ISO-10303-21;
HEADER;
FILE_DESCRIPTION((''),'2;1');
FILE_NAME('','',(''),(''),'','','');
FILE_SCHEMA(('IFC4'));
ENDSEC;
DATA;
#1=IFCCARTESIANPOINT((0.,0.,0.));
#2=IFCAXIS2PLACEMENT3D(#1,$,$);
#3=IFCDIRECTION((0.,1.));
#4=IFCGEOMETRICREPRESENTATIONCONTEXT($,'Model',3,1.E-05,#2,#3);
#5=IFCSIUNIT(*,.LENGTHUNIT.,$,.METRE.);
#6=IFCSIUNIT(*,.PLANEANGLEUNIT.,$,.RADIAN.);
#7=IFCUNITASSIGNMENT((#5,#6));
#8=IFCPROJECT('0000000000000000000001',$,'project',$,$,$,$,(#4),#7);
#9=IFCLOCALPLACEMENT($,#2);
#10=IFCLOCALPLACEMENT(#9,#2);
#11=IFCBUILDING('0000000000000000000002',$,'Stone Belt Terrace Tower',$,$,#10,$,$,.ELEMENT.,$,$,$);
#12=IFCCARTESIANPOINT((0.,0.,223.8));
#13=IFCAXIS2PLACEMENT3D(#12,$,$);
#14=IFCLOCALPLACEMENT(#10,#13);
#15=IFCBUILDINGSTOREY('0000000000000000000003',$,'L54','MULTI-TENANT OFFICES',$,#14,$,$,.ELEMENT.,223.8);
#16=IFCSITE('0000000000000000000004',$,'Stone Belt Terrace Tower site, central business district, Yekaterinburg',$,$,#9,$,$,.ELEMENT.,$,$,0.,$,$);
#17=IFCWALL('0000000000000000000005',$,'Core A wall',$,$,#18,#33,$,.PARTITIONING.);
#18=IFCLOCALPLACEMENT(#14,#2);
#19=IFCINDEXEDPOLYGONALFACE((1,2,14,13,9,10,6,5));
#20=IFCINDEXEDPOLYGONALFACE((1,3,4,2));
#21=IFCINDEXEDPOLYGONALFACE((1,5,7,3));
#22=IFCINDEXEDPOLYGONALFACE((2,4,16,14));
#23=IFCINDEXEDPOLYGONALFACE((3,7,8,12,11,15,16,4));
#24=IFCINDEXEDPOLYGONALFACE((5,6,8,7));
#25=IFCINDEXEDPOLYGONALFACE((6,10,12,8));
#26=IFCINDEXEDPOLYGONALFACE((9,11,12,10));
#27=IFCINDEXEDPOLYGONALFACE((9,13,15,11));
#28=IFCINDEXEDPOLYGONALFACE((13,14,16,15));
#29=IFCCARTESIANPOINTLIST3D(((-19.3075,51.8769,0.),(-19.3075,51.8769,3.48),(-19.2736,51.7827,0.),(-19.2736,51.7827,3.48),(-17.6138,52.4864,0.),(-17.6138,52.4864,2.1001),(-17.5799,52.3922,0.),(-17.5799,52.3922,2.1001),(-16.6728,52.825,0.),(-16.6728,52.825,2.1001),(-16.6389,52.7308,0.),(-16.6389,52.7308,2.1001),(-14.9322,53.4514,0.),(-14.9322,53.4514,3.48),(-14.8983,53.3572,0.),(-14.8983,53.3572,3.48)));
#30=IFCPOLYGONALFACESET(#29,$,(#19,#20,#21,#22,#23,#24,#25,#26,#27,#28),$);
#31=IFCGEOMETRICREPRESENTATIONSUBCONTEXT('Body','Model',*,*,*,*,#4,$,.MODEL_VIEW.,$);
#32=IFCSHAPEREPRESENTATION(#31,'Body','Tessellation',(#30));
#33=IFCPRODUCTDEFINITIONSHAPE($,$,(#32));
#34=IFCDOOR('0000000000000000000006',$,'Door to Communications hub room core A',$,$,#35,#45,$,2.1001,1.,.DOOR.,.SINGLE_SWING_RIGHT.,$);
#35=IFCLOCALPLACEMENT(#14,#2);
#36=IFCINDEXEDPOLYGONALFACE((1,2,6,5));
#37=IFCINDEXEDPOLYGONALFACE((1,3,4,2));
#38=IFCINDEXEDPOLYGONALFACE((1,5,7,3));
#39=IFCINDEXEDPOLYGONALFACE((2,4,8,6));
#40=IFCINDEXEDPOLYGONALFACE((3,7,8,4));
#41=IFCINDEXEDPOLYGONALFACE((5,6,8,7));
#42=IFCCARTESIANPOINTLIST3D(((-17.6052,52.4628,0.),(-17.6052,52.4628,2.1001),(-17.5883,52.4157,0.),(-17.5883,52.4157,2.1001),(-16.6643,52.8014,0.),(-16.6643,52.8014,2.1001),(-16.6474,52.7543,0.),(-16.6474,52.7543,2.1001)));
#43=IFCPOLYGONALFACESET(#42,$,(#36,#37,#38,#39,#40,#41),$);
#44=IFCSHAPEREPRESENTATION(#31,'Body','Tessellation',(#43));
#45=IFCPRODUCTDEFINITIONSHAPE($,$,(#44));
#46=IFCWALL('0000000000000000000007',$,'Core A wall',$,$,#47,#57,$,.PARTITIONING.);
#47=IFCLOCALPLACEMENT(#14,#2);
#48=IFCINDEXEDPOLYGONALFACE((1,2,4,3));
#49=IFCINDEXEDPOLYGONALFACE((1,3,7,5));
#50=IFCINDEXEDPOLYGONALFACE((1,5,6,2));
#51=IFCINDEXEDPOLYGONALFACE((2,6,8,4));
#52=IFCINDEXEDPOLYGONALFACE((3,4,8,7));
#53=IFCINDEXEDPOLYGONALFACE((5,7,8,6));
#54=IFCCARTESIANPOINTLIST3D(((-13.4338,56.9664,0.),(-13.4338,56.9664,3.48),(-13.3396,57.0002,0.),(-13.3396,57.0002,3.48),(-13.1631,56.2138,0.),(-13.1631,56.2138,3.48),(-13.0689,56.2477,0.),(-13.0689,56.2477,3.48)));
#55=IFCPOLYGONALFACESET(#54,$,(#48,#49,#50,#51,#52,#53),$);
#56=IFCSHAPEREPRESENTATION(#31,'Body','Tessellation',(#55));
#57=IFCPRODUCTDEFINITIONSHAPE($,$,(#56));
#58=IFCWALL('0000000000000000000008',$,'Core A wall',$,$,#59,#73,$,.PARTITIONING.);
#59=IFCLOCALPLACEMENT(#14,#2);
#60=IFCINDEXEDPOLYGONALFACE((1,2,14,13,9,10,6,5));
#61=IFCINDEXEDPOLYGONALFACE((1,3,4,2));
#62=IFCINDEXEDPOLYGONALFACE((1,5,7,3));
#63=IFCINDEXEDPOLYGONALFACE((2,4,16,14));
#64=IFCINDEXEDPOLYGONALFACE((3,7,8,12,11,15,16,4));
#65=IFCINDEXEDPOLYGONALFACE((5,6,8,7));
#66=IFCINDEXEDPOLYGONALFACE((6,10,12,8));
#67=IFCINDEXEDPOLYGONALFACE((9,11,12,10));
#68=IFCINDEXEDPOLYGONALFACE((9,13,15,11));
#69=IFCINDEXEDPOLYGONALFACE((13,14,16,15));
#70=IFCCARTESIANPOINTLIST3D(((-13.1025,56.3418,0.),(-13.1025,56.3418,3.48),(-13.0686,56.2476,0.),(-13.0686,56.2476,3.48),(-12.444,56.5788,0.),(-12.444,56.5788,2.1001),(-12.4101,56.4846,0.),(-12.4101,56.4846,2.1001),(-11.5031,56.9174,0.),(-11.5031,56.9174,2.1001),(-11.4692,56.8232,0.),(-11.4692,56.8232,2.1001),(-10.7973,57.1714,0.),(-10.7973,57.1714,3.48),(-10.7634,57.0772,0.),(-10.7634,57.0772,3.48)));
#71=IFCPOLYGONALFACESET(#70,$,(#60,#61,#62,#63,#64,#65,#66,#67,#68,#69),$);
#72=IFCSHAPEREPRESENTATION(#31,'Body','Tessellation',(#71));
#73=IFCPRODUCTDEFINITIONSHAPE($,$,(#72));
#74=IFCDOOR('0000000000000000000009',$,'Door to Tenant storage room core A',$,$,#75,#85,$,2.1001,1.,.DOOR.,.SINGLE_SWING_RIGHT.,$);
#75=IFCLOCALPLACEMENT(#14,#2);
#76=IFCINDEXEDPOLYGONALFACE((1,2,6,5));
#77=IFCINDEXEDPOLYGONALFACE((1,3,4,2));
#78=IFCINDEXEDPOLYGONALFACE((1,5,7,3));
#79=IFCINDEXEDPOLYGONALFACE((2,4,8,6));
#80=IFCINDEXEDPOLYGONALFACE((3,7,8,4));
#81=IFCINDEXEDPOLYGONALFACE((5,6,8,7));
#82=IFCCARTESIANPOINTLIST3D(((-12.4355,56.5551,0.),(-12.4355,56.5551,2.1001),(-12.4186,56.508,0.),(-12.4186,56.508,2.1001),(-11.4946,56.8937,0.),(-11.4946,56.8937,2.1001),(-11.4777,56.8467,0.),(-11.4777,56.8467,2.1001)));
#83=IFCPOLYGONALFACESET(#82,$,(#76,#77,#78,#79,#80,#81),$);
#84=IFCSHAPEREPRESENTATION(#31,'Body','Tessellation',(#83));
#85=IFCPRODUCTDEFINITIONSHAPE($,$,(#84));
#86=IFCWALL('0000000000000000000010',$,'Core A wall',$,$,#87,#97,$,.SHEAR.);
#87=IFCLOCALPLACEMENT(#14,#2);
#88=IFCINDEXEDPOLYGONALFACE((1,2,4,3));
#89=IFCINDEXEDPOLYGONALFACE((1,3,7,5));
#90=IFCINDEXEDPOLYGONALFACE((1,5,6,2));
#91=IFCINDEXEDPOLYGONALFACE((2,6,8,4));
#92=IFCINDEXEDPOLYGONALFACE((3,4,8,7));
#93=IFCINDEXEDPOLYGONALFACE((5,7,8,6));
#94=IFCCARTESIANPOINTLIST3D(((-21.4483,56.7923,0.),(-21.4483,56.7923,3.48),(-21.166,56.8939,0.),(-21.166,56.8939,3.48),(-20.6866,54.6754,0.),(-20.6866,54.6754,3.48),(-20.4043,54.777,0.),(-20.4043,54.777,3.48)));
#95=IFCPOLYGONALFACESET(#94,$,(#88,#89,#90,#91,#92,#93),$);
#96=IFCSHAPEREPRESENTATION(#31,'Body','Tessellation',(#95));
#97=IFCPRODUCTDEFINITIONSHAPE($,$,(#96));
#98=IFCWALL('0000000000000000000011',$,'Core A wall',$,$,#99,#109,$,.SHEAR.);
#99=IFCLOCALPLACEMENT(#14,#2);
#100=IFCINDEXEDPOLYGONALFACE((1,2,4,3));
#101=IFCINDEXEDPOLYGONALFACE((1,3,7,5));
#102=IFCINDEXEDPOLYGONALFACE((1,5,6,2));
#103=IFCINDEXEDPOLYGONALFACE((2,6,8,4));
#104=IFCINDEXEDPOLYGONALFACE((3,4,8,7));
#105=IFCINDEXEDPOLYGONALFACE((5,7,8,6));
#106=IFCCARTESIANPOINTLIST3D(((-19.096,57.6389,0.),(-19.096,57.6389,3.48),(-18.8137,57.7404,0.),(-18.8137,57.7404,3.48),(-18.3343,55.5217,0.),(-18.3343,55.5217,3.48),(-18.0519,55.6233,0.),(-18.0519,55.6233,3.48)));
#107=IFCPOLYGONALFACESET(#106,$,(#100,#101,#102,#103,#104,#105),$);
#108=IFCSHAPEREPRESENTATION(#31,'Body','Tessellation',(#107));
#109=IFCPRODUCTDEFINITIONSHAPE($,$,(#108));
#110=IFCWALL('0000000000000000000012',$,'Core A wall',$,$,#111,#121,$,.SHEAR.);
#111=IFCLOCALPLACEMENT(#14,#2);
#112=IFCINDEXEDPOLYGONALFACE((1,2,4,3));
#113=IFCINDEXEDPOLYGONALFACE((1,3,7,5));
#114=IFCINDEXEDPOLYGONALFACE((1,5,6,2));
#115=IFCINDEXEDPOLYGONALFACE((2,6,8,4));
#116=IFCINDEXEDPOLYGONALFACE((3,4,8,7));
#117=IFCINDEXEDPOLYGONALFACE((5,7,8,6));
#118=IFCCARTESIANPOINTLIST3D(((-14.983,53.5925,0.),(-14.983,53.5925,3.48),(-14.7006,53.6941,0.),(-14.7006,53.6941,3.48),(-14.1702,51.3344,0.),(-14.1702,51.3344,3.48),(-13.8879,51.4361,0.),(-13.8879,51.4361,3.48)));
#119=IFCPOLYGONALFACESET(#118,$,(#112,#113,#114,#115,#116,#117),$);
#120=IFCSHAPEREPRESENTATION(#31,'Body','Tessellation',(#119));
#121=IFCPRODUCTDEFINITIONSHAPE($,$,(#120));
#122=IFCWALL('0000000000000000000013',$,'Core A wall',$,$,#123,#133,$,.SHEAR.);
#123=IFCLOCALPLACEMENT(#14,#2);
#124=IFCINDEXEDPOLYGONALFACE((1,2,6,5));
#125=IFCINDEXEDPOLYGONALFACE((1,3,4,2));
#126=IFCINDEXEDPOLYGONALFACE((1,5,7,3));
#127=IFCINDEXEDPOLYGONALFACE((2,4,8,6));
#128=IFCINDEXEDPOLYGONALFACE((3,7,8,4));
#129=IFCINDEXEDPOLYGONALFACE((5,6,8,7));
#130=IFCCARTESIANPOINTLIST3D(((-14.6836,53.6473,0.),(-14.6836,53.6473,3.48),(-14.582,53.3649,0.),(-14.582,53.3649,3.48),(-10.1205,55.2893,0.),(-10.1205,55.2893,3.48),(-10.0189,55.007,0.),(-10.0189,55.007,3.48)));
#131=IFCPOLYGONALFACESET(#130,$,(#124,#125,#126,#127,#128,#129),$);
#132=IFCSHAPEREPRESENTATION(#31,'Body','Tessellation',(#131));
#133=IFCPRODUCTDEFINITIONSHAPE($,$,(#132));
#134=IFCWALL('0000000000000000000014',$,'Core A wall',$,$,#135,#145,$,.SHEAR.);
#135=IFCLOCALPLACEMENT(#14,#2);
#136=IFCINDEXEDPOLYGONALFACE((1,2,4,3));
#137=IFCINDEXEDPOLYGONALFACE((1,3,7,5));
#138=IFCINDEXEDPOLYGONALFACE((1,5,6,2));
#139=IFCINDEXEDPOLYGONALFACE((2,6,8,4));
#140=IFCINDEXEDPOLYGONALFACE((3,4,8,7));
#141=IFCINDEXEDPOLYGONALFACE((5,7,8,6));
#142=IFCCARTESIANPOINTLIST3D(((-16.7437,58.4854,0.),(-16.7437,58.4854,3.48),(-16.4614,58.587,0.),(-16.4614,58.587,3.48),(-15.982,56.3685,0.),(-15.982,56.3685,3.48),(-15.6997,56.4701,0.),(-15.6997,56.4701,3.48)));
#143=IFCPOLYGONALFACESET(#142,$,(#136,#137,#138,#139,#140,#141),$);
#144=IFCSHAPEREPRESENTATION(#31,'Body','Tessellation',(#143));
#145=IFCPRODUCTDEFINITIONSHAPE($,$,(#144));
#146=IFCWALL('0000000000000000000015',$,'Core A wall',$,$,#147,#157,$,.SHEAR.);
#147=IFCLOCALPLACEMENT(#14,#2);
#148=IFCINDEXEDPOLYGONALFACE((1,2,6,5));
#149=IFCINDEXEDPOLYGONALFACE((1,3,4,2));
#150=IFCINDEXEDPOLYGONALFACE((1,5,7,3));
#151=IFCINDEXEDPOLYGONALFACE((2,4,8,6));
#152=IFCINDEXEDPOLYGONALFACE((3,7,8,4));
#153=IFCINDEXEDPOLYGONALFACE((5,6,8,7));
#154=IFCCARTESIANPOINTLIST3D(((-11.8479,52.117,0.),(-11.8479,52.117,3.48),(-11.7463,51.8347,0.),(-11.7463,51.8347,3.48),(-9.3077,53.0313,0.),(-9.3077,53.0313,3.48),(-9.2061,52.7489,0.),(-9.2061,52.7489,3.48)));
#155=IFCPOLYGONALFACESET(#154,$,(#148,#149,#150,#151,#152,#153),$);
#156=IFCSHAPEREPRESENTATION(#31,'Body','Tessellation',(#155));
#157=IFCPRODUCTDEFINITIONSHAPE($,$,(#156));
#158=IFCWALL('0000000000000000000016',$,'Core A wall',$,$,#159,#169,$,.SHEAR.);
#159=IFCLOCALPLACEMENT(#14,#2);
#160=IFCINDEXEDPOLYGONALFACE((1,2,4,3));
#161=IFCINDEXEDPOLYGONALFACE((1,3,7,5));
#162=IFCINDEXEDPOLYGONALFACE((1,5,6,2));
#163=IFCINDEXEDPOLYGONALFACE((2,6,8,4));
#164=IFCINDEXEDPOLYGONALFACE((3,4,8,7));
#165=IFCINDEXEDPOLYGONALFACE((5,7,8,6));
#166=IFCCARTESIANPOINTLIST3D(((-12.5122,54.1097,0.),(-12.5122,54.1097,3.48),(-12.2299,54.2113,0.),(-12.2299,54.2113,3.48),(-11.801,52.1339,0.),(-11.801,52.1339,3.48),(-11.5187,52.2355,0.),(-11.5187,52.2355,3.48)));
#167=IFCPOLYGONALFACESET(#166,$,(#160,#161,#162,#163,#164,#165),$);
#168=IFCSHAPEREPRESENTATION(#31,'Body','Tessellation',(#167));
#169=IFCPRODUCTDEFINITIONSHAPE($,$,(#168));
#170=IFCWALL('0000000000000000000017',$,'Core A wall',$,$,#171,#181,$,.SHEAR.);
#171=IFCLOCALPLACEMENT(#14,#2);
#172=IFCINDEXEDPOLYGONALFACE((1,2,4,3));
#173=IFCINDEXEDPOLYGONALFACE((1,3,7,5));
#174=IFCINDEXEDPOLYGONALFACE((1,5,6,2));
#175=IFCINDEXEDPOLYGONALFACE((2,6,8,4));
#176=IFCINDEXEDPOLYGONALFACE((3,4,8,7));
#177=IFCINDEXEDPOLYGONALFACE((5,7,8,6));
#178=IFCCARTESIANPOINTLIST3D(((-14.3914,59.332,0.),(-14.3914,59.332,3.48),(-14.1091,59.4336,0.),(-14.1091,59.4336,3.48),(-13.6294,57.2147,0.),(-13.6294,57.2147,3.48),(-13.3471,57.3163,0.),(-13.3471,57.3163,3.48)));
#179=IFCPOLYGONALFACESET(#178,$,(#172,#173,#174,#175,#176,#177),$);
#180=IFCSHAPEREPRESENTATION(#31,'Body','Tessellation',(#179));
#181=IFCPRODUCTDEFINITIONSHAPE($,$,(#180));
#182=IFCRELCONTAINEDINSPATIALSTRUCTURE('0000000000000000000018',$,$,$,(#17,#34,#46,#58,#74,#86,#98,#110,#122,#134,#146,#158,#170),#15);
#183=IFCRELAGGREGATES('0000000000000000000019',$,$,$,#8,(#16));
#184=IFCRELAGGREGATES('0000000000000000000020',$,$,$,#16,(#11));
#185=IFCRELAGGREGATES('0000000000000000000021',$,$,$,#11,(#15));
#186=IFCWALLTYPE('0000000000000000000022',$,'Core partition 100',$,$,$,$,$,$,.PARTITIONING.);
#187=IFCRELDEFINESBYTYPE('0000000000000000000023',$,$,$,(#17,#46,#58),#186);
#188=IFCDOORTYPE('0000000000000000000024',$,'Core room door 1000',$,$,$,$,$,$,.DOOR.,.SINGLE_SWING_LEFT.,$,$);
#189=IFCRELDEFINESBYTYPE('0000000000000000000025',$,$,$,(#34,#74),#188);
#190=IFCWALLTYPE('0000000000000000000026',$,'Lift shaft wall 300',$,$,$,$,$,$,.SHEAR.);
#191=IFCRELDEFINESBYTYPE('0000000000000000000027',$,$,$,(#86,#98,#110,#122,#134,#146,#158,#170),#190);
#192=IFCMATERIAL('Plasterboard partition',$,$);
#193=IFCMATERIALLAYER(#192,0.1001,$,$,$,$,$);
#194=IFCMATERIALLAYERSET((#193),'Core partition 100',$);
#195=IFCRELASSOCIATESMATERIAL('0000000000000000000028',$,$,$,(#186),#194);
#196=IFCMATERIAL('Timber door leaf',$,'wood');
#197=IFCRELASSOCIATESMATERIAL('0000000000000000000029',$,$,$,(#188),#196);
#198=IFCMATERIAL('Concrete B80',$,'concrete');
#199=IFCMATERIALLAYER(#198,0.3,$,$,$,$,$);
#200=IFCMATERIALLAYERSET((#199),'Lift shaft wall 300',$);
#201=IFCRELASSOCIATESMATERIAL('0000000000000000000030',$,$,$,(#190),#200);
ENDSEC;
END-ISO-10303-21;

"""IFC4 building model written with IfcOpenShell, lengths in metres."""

from ifc_helpers import new_model, si_unit, direction, frame, frame_2d, origin, place, context, subcontext, project, spatial, rectangle, extrude, material, layer, layer_set, type_object, element, fill, save


model = new_model("IFC4")

# Units and contexts
model_context = context("Model", 3, precision=1e-05, world=origin(), true_north=direction((0.0, 1.0)))
body_context = subcontext(model_context, "Body", "Model", "MODEL_VIEW")
ifc_project = project(units=[si_unit("LENGTHUNIT", "METRE"), si_unit("PLANEANGLEUNIT", "RADIAN")], contexts=[model_context])

# Site, building, storey
site_placement = place(None, origin())
site = spatial("IfcSite", under=ifc_project, at=site_placement, Name="Stone Belt Terrace Tower site, central business district, Yekaterinburg", CompositionType="ELEMENT", RefElevation=0.0)
building_placement = place(site_placement, origin())
building = spatial("IfcBuilding", under=site, at=building_placement, Name="Stone Belt Terrace Tower", CompositionType="ELEMENT")
storey_placement = place(building_placement, frame((0.0, 0.0, 223.8)))
storey = spatial("IfcBuildingStorey", under=building, at=storey_placement, Name="L54", Description="MULTI-TENANT OFFICES", CompositionType="ELEMENT", Elevation=223.8)

# Wall, opening, door
ifc_material_1 = material(Name="Plasterboard partition")
ifc_layer_1 = layer(ifc_material_1, 0.1001)
ifc_layer_set_1 = layer_set([ifc_layer_1], Name="Core partition 100")
wall_type_1 = type_object("IfcWallType", Name="Core partition 100", PredefinedType="PARTITIONING", material=ifc_layer_set_1)
wall_1_placement = place(storey_placement, frame((-19.2905, 51.8298, 0.0), z_axis=(0.0, 0.0, 1.0), x_axis=(0.94093, 0.3386, 0.0)))
wall_1 = element("IfcWall", 1, at=wall_1_placement, inside=storey, type_object=wall_type_1, Name="Core A wall", PredefinedType="PARTITIONING", context=body_context, shape_type="SweptSolid", body=[
    extrude(rectangle(XDim=4.6499, YDim=0.1001, at=frame_2d((2.325, 0.0))), origin(), (0.0, 0.0, 1.0), 3.48),
])
opening_1_placement = place(wall_1_placement, frame((1.8, 0.0, 0.0)))
opening_1 = element("IfcOpeningElement", 2, at=opening_1_placement, cuts=wall_1, PredefinedType="OPENING", context=body_context, shape_type="SweptSolid", body=[
    extrude(rectangle(XDim=1.0, YDim=2.1001, at=frame_2d((0.5, 1.05))), frame((0.0, 0.0601, 0.0), z_axis=(0.0, -1.0, 0.0), x_axis=(1.0, 0.0, 0.0)), (0.0, 0.0, 1.0), 0.1201),
])
ifc_material_2 = material(Name="Timber door leaf", Category="wood")
door_type_1 = type_object("IfcDoorType", Name="Core room door 1000", OperationType="SINGLE_SWING_LEFT", PredefinedType="DOOR", material=ifc_material_2)
door_1_placement = place(opening_1_placement, origin())
door_1 = element("IfcDoor", 3, at=door_1_placement, inside=storey, type_object=door_type_1, Name="Door to Communications hub room core A", OperationType="SINGLE_SWING_RIGHT", OverallHeight=2.1001, OverallWidth=1.0, PredefinedType="DOOR", context=body_context, shape_type="SweptSolid", body=[
    extrude(rectangle(XDim=1.0, YDim=2.1001, at=frame_2d((0.5, 1.05))), frame((0.0, 0.0249, 0.0), z_axis=(0.0, -1.0, 0.0), x_axis=(1.0, 0.0, 0.0)), (0.0, 0.0, 1.0), 0.05),
])
fill(opening_1, door_1)

# Wall
wall_2_placement = place(storey_placement, frame((-13.116, 56.2307, 0.0), z_axis=(0.0, 0.0, 1.0), x_axis=(-0.338482, 0.940973, 0.0)))
element("IfcWall", 4, at=wall_2_placement, inside=storey, type_object=wall_type_1, Name="Core A wall", PredefinedType="PARTITIONING", context=body_context, shape_type="SweptSolid", body=[
    extrude(rectangle(XDim=0.7998, YDim=0.1001, at=frame_2d((0.3999, 0.0))), origin(), (0.0, 0.0, 1.0), 3.48),
])

# Wall, opening, door
wall_3_placement = place(storey_placement, frame((-13.0857, 56.2947, 0.0), z_axis=(0.0, 0.0, 1.0), x_axis=(0.940923, 0.338621, 0.0)))
wall_3 = element("IfcWall", 5, at=wall_3_placement, inside=storey, type_object=wall_type_1, Name="Core A wall", PredefinedType="PARTITIONING", context=body_context, shape_type="SweptSolid", body=[
    extrude(rectangle(XDim=2.45, YDim=0.1001, at=frame_2d((1.2251, 0.0))), origin(), (0.0, 0.0, 1.0), 3.48),
])
opening_2_placement = place(wall_3_placement, frame((0.7, 0.0, 0.0)))
opening_2 = element("IfcOpeningElement", 6, at=opening_2_placement, cuts=wall_3, PredefinedType="OPENING", context=body_context, shape_type="SweptSolid", body=[
    extrude(rectangle(XDim=1.0, YDim=2.1001, at=frame_2d((0.5, 1.05))), frame((0.0, 0.0601, 0.0), z_axis=(0.0, -1.0, 0.0), x_axis=(1.0, 0.0, 0.0)), (0.0, 0.0, 1.0), 0.1201),
])
door_2_placement = place(opening_2_placement, origin())
door_2 = element("IfcDoor", 7, at=door_2_placement, inside=storey, type_object=door_type_1, Name="Door to Tenant storage room core A", OperationType="SINGLE_SWING_RIGHT", OverallHeight=2.1001, OverallWidth=1.0, PredefinedType="DOOR", context=body_context, shape_type="SweptSolid", body=[
    extrude(rectangle(XDim=1.0, YDim=2.1001, at=frame_2d((0.5, 1.05))), frame((0.0, 0.0249, 0.0), z_axis=(0.0, -1.0, 0.0), x_axis=(1.0, 0.0, 0.0)), (0.0, 0.0, 1.0), 0.05),
])
fill(opening_2, door_2)

# Walls
ifc_material_3 = material(Name="Concrete B80", Category="concrete")
ifc_layer_2 = layer(ifc_material_3, 0.3)
ifc_layer_set_2 = layer_set([ifc_layer_2], Name="Lift shaft wall 300")
wall_type_2 = type_object("IfcWallType", Name="Lift shaft wall 300", PredefinedType="SHEAR", material=ifc_layer_set_2)
wall_4_placement = place(storey_placement, frame((-20.5454, 54.7261, 0.0), z_axis=(0.0, 0.0, 1.0), x_axis=(-0.33857, 0.940941, 0.0)))
element("IfcWall", 8, at=wall_4_placement, inside=storey, type_object=wall_type_2, Name="Core A wall", PredefinedType="SHEAR", context=body_context, shape_type="SweptSolid", body=[
    extrude(rectangle(XDim=2.2498, YDim=0.3, at=frame_2d((1.125, 0.0))), origin(), (0.0, 0.0, 1.0), 3.48),
])
wall_5_placement = place(storey_placement, frame((-18.1931, 55.5725, 0.0), z_axis=(0.0, 0.0, 1.0), x_axis=(-0.338535, 0.940954, 0.0)))
element("IfcWall", 9, at=wall_5_placement, inside=storey, type_object=wall_type_2, Name="Core A wall", PredefinedType="SHEAR", context=body_context, shape_type="SweptSolid", body=[
    extrude(rectangle(XDim=2.25, YDim=0.3, at=frame_2d((1.125, 0.0))), origin(), (0.0, 0.0, 1.0), 3.48),
])
wall_6_placement = place(storey_placement, frame((-14.0291, 51.3853, 0.0), z_axis=(0.0, 0.0, 1.0), x_axis=(-0.338662, 0.940908, 0.0)))
element("IfcWall", 10, at=wall_6_placement, inside=storey, type_object=wall_type_2, Name="Core A wall", PredefinedType="SHEAR", context=body_context, shape_type="SweptSolid", body=[
    extrude(rectangle(XDim=2.3999, YDim=0.3, at=frame_2d((1.2, 0.0))), origin(), (0.0, 0.0, 1.0), 3.48),
])
wall_7_placement = place(storey_placement, frame((-14.6328, 53.5061, 0.0), z_axis=(0.0, 0.0, 1.0), x_axis=(0.940932, 0.338596, 0.0)))
element("IfcWall", 11, at=wall_7_placement, inside=storey, type_object=wall_type_2, Name="Core A wall", PredefinedType="SHEAR", context=body_context, shape_type="SweptSolid", body=[
    extrude(rectangle(XDim=4.8496, YDim=0.3, at=frame_2d((2.4248, 0.0))), origin(), (0.0, 0.0, 1.0), 3.48),
])
wall_8_placement = place(storey_placement, frame((-15.8408, 56.4192, 0.0), z_axis=(0.0, 0.0, 1.0), x_axis=(-0.33857, 0.940941, 0.0)))
element("IfcWall", 12, at=wall_8_placement, inside=storey, type_object=wall_type_2, Name="Core A wall", PredefinedType="SHEAR", context=body_context, shape_type="SweptSolid", body=[
    extrude(rectangle(XDim=2.2498, YDim=0.3, at=frame_2d((1.125, 0.0))), origin(), (0.0, 0.0, 1.0), 3.48),
])
wall_9_placement = place(storey_placement, frame((-11.7971, 51.9758, 0.0), z_axis=(0.0, 0.0, 1.0), x_axis=(0.94091, 0.338655, 0.0)))
element("IfcWall", 13, at=wall_9_placement, inside=storey, type_object=wall_type_2, Name="Core A wall", PredefinedType="SHEAR", context=body_context, shape_type="SweptSolid", body=[
    extrude(rectangle(XDim=2.6997, YDim=0.3, at=frame_2d((1.3499, 0.0))), origin(), (0.0, 0.0, 1.0), 3.48),
])
wall_10_placement = place(storey_placement, frame((-11.6599, 52.1848, 0.0), z_axis=(0.0, 0.0, 1.0), x_axis=(-0.33867, 0.940905, 0.0)))
element("IfcWall", 14, at=wall_10_placement, inside=storey, type_object=wall_type_2, Name="Core A wall", PredefinedType="SHEAR", context=body_context, shape_type="SweptSolid", body=[
    extrude(rectangle(XDim=2.0999, YDim=0.3, at=frame_2d((1.0498, 0.0))), origin(), (0.0, 0.0, 1.0), 3.48),
])
wall_11_placement = place(storey_placement, frame((-13.4883, 57.2656, 0.0), z_axis=(0.0, 0.0, 1.0), x_axis=(-0.338631, 0.940919, 0.0)))
element("IfcWall", 15, at=wall_11_placement, inside=storey, type_object=wall_type_2, Name="Core A wall", PredefinedType="SHEAR", context=body_context, shape_type="SweptSolid", body=[
    extrude(rectangle(XDim=2.2502, YDim=0.3, at=frame_2d((1.125, 0.0))), origin(), (0.0, 0.0, 1.0), 3.48),
])

save(model, "model.ifc")
